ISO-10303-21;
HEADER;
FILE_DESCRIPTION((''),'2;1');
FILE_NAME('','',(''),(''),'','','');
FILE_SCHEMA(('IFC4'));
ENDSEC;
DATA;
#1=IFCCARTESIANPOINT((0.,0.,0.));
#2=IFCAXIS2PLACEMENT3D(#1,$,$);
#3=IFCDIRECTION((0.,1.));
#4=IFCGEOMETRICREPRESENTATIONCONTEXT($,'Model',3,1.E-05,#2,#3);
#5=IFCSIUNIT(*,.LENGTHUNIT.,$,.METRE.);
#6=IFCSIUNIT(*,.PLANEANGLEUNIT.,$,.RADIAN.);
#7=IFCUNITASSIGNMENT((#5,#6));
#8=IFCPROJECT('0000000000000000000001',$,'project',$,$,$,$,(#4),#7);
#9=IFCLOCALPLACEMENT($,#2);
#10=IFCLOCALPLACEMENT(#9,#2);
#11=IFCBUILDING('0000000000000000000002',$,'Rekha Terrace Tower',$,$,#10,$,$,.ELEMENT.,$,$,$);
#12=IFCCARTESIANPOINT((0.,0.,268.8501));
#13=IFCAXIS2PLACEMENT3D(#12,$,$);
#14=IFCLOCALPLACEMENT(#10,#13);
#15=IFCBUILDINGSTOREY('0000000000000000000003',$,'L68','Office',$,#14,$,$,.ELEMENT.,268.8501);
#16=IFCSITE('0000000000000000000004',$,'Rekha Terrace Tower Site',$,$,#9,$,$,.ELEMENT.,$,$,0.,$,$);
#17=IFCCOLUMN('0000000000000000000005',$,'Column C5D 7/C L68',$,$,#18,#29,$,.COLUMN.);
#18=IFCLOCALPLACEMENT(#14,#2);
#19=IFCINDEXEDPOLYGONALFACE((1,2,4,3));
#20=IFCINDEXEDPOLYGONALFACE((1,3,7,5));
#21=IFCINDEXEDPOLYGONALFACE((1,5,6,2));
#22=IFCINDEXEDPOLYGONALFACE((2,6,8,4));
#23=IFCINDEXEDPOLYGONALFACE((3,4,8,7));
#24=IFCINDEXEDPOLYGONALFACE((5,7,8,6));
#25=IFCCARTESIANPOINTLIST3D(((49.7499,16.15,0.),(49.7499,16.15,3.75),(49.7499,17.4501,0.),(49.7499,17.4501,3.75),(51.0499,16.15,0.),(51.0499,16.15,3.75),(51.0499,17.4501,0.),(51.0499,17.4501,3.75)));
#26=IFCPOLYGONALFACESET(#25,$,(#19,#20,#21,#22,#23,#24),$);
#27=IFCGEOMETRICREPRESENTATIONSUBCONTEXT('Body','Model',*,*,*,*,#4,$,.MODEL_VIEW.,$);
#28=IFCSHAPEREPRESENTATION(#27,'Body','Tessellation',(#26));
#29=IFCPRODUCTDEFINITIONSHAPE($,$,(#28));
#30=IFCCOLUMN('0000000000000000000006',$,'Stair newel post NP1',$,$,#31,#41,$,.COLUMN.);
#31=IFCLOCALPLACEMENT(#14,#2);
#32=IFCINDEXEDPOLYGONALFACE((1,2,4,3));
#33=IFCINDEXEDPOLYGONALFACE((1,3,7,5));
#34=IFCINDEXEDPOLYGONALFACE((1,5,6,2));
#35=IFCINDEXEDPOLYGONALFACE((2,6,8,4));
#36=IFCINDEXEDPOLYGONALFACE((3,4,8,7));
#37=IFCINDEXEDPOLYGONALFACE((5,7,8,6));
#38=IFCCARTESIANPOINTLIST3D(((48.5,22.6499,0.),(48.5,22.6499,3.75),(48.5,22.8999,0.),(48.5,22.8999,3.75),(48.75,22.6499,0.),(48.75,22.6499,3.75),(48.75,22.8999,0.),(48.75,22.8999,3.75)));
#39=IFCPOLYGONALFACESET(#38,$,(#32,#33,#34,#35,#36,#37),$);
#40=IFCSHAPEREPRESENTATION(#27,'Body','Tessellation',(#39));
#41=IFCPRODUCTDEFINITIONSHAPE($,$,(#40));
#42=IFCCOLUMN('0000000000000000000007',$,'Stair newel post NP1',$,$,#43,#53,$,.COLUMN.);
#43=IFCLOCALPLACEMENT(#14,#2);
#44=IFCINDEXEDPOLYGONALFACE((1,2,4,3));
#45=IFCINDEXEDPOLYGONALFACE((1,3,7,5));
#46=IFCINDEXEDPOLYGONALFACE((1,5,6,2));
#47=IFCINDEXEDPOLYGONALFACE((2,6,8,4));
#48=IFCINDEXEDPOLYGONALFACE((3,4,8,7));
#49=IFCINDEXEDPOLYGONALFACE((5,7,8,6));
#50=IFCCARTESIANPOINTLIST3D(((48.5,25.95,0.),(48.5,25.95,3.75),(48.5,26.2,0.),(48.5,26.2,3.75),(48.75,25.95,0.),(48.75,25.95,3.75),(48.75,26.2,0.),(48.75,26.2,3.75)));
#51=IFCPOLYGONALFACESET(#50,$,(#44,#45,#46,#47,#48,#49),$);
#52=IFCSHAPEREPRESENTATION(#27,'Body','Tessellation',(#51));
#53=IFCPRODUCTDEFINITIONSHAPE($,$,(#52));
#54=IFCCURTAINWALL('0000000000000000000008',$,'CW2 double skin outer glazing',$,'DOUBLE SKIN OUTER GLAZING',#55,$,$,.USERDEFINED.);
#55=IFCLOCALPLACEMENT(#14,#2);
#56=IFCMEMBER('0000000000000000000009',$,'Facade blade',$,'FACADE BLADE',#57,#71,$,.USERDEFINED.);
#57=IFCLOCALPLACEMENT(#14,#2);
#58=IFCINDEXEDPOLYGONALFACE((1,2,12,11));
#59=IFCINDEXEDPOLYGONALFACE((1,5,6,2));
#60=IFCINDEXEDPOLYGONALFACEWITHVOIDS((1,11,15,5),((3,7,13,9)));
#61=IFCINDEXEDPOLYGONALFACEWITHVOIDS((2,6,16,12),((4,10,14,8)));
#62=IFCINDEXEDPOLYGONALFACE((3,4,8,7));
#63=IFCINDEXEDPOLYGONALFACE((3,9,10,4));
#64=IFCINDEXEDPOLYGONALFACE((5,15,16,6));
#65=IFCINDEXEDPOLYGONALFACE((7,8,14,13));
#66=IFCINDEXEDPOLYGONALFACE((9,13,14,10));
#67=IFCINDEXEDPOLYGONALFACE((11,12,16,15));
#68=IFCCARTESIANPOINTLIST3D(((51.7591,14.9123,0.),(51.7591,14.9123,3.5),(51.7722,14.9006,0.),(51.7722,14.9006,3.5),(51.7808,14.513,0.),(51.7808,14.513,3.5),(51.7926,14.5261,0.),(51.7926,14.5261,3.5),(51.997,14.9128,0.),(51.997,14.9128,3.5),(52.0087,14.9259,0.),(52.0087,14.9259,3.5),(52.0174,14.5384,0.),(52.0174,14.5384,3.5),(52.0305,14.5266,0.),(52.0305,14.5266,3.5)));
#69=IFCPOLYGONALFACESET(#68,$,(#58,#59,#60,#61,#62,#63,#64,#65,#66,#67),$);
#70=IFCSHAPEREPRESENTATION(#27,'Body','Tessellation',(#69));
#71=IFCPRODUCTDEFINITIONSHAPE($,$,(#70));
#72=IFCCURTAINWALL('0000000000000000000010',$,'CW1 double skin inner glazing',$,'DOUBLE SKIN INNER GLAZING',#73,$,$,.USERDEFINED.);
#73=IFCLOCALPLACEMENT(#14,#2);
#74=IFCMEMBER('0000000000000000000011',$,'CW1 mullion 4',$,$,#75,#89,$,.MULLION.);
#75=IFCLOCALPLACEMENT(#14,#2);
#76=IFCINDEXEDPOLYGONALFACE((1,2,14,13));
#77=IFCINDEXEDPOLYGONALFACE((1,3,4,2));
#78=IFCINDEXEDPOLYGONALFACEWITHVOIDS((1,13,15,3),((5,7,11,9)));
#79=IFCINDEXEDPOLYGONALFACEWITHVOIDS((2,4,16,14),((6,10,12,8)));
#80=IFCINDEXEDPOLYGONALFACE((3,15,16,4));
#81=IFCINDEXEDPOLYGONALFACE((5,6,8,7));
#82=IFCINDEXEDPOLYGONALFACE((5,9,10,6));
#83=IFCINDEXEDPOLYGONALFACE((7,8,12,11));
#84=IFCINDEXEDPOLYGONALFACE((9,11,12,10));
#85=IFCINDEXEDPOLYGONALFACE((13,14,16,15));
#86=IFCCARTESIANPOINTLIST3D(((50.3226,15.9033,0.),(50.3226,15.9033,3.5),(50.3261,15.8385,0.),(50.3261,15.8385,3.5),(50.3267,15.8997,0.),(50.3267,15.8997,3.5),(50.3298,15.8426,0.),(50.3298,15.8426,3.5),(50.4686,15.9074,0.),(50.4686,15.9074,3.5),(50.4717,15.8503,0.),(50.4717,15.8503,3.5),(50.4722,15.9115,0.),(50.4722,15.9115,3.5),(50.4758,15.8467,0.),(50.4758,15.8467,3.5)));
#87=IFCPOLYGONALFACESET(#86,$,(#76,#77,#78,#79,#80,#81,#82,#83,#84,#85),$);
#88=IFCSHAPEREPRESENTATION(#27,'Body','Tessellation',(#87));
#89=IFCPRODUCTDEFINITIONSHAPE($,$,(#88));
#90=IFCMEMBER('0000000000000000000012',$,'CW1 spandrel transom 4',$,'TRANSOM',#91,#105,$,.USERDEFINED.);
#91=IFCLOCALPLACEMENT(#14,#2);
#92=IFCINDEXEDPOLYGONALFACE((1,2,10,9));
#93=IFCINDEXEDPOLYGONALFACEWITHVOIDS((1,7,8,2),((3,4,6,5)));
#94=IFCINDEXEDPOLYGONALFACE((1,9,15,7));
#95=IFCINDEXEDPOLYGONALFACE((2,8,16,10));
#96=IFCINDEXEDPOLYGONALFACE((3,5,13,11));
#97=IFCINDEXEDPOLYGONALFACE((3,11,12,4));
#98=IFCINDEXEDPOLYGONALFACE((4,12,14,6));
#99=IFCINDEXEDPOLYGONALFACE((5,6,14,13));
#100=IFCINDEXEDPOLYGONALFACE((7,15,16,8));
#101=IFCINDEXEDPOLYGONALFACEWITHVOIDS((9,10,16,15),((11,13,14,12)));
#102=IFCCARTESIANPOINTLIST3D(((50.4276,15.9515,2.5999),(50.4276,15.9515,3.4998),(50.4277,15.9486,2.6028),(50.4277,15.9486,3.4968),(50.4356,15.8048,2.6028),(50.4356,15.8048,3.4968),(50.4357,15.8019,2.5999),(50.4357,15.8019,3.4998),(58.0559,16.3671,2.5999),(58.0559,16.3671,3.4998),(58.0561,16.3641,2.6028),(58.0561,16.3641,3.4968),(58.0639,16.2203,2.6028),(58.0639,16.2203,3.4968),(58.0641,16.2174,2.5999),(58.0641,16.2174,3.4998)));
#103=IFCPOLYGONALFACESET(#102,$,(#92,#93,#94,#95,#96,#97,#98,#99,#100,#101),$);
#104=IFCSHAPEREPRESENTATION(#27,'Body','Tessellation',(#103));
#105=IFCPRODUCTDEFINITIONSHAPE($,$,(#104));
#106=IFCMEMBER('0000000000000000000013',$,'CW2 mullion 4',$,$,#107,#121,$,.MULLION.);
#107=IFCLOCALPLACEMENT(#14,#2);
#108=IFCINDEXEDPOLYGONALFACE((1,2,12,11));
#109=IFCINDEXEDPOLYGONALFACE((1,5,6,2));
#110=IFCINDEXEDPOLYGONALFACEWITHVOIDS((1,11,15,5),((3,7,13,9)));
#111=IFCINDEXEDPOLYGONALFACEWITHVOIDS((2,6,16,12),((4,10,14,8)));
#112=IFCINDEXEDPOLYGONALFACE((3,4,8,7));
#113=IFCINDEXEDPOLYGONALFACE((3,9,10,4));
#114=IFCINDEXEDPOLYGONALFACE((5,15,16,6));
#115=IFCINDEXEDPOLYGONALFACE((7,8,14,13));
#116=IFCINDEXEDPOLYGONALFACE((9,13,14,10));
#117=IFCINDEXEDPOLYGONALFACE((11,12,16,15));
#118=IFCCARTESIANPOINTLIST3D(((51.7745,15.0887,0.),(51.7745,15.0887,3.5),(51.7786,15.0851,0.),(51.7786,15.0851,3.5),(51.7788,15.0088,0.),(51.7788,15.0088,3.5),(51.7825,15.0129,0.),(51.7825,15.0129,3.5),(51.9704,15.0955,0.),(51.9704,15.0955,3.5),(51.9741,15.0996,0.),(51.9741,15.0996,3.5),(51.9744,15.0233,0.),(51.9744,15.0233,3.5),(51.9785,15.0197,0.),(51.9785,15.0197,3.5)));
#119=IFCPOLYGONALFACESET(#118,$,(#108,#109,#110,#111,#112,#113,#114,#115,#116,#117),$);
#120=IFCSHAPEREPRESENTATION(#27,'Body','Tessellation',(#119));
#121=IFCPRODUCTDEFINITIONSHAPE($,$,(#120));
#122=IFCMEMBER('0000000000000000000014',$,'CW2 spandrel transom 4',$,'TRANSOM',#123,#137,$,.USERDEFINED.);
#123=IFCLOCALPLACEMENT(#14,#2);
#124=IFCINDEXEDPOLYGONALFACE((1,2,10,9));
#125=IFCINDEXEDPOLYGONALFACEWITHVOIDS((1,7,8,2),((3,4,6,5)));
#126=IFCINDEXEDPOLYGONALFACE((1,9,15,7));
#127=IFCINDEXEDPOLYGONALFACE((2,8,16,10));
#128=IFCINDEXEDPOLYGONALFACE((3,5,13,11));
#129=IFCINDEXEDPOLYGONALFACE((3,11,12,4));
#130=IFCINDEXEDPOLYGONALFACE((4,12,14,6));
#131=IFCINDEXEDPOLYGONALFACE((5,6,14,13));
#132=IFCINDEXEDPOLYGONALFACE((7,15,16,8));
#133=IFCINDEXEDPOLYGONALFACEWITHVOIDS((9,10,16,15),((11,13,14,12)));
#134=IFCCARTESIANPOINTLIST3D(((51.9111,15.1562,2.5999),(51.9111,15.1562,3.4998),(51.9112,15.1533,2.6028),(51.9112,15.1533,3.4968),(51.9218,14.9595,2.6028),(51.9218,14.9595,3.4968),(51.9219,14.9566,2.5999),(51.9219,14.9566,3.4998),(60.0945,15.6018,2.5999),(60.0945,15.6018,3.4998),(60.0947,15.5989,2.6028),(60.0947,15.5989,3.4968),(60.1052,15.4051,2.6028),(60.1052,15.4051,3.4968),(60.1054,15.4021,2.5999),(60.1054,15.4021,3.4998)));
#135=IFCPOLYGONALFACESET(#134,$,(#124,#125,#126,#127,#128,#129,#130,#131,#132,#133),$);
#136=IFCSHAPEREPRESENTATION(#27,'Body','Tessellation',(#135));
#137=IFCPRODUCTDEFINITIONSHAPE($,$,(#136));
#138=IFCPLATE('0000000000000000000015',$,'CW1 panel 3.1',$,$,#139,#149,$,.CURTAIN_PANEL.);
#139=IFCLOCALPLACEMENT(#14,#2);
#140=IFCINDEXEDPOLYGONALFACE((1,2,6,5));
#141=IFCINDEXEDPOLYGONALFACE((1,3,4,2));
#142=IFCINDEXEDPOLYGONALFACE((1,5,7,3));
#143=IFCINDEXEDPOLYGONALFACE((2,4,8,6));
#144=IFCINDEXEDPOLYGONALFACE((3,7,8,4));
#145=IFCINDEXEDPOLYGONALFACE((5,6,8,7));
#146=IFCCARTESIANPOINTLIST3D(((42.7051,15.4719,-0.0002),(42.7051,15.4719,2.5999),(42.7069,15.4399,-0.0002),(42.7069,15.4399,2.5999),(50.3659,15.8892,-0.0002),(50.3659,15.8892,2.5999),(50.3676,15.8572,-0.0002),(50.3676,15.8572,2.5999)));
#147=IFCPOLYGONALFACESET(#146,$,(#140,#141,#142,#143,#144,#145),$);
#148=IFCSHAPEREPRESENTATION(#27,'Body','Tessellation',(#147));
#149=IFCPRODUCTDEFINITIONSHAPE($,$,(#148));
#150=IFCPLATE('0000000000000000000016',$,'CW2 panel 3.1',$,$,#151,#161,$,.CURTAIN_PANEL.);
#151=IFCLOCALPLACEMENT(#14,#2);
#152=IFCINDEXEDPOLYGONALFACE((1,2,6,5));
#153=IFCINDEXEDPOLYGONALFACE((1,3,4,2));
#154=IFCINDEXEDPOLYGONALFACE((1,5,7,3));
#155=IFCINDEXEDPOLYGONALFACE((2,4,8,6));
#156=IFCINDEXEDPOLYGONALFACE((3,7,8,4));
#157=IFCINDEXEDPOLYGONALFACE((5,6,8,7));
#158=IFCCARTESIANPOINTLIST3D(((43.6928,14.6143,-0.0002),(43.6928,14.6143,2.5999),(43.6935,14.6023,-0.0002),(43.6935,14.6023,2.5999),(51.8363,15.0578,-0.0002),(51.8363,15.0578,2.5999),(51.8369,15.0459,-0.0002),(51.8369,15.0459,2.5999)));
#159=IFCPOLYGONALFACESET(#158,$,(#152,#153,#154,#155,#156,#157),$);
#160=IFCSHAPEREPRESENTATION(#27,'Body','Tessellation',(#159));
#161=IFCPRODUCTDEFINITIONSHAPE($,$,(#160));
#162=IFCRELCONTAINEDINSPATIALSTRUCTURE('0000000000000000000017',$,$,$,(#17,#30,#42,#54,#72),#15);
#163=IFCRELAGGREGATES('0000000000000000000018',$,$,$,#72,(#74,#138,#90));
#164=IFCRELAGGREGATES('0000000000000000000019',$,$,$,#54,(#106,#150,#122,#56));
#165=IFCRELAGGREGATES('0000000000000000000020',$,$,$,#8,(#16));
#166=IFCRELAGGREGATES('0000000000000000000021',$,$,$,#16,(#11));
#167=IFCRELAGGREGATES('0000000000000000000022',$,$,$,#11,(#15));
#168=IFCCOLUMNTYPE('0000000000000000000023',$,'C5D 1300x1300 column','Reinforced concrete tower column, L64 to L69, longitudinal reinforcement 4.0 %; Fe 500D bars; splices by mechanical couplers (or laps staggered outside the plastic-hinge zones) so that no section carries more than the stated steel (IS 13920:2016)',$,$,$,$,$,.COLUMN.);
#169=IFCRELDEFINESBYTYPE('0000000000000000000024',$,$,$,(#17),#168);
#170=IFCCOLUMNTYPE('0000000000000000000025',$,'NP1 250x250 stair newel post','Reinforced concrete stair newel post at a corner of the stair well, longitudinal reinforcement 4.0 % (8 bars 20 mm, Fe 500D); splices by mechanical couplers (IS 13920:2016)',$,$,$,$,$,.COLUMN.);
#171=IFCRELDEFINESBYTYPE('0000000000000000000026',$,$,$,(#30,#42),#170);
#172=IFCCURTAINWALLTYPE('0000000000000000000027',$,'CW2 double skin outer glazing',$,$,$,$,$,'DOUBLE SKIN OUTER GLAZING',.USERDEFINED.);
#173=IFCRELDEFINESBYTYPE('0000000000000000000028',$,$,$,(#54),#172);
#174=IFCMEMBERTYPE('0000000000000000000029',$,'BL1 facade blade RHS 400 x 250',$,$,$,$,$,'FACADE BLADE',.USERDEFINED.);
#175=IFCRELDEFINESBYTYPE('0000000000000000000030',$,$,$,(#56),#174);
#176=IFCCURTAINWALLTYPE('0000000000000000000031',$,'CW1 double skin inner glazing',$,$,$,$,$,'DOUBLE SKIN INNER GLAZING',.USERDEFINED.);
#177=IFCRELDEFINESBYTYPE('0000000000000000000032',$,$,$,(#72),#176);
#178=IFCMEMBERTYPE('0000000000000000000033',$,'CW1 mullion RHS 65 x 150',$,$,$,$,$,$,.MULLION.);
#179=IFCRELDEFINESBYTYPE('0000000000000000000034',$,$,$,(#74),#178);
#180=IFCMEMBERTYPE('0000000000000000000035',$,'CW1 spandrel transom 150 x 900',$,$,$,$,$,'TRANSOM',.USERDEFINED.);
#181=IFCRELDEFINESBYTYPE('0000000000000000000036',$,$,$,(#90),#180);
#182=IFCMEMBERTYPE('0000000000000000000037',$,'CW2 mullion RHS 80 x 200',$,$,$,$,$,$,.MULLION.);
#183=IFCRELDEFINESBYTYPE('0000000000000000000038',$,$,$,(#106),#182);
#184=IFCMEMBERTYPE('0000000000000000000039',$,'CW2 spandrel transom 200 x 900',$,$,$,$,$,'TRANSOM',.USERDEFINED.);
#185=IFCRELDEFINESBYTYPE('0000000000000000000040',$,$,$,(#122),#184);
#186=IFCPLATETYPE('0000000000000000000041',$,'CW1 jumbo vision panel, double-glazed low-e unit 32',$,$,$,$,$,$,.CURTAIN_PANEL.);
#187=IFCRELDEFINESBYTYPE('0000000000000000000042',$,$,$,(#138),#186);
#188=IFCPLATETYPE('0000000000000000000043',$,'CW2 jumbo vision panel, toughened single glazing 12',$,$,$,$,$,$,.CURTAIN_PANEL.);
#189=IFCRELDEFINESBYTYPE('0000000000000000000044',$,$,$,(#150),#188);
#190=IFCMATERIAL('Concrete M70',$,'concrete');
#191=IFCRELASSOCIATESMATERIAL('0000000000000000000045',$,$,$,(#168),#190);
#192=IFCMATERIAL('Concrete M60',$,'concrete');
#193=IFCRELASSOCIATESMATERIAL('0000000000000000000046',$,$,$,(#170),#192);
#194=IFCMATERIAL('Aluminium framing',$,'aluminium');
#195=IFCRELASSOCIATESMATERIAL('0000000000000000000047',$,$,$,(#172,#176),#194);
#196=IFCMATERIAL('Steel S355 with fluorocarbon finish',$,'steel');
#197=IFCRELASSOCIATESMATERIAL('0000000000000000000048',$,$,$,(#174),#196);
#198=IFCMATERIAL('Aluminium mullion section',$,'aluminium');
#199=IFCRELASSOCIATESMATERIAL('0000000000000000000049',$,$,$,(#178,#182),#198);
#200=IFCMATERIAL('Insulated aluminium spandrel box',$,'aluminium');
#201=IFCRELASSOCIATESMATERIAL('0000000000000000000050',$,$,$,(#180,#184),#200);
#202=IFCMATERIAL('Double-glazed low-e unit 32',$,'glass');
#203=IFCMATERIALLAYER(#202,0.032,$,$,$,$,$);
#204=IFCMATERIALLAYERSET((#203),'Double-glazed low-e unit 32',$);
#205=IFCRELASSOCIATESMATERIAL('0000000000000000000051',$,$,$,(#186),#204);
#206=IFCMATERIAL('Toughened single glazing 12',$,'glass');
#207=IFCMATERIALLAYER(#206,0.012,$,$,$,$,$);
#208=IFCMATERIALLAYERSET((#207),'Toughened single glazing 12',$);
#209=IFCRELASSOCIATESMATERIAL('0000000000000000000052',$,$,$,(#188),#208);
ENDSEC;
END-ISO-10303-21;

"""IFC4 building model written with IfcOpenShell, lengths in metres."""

from ifc_helpers import new_model, si_unit, direction, frame, origin, origin_2d, place, context, subcontext, project, spatial, rectangle, hollow_rectangle, extrude, material, layer, layer_set, material_profile, profile_set, type_object, element, aggregate, save


model = new_model("IFC4")

# Units and contexts
model_context = context("Model", 3, precision=1e-05, world=origin(), true_north=direction((0.0, 1.0)))
body_context = subcontext(model_context, "Body", "Model", "MODEL_VIEW")
ifc_project = project(units=[si_unit("LENGTHUNIT", "METRE"), si_unit("PLANEANGLEUNIT", "RADIAN")], contexts=[model_context])

# Site, building, storey
site_placement = place(None, origin())
site = spatial("IfcSite", under=ifc_project, at=site_placement, Name="Rekha Terrace Tower Site", CompositionType="ELEMENT", RefElevation=0.0)
building_placement = place(site_placement, origin())
building = spatial("IfcBuilding", under=site, at=building_placement, Name="Rekha Terrace Tower", CompositionType="ELEMENT")
storey_placement = place(building_placement, frame((0.0, 0.0, 268.8501)))
storey = spatial("IfcBuildingStorey", under=building, at=storey_placement, Name="L68", Description="Office", CompositionType="ELEMENT", Elevation=268.8501)

# Columns
ifc_material_1 = material(Name="Concrete M70", Category="concrete")
ifc_material_profile_1 = material_profile(ifc_material_1, rectangle(XDim=1.3, YDim=1.3, at=origin_2d()), Name="RC 1300x1300")
ifc_profile_set_1 = profile_set([ifc_material_profile_1], Name="Concrete M70")
column_type_1 = type_object("IfcColumnType", Name="C5D 1300x1300 column", Description="Reinforced concrete tower column, L64 to L69, longitudinal reinforcement 4.0 %; Fe 500D bars; splices by mechanical couplers (or laps staggered outside the plastic-hinge zones) so that no section carries more than the stated steel (IS 13920:2016)", PredefinedType="COLUMN", material=ifc_profile_set_1)
column_placement = place(storey_placement, frame((50.3999, 16.8, 0.0), z_axis=(0.0, 0.0, 1.0), x_axis=(1.0, 0.0, 0.0)))
element("IfcColumn", 1, at=column_placement, inside=storey, type_object=column_type_1, Name="Column C5D 7/C L68", PredefinedType="COLUMN", context=body_context, shape_type="SweptSolid", body=[
    extrude(rectangle(XDim=1.3, YDim=1.3, at=origin_2d()), origin(), (0.0, 0.0, 1.0), 3.75),
])
ifc_material_2 = material(Name="Concrete M60", Category="concrete")
ifc_material_profile_2 = material_profile(ifc_material_2, rectangle(XDim=0.25, YDim=0.25, at=origin_2d()), Name="RC 250x250")
ifc_profile_set_2 = profile_set([ifc_material_profile_2], Name="Concrete M60")
column_type_2 = type_object("IfcColumnType", Name="NP1 250x250 stair newel post", Description="Reinforced concrete stair newel post at a corner of the stair well, longitudinal reinforcement 4.0 % (8 bars 20 mm, Fe 500D); splices by mechanical couplers (IS 13920:2016)", PredefinedType="COLUMN", material=ifc_profile_set_2)
for number, where, z_axis, x_axis, name in (
    (2, (48.625, 22.7749, 0.0), (0.0, 0.0, 1.0), (1.0, 0.0, 0.0), "Stair newel post NP1"),
    (3, (48.625, 26.075, 0.0), (0.0, 0.0, 1.0), (1.0, 0.0, 0.0), "Stair newel post NP1"),
):
    element("IfcColumn", number, at=place(storey_placement, frame(where, z_axis=z_axis, x_axis=x_axis)), inside=storey, type_object=column_type_2, Name=name, PredefinedType="COLUMN", context=body_context, shape_type="SweptSolid", body=[
        extrude(rectangle(XDim=0.25, YDim=0.25, at=origin_2d()), origin(), (0.0, 0.0, 1.0), 3.75),
    ])

# Curtain wall, member
ifc_material_3 = material(Name="Aluminium framing", Category="aluminium")
curtain_wall_type_1 = type_object("IfcCurtainWallType", Name="CW2 double skin outer glazing", ElementType="DOUBLE SKIN OUTER GLAZING", PredefinedType="USERDEFINED", material=ifc_material_3)
curtain_wall_1_placement = place(storey_placement, origin())
curtain_wall_1 = element("IfcCurtainWall", 4, at=curtain_wall_1_placement, inside=storey, type_object=curtain_wall_type_1, Name="CW2 double skin outer glazing", ObjectType="DOUBLE SKIN OUTER GLAZING", PredefinedType="USERDEFINED")
ifc_material_4 = material(Name="Steel S355 with fluorocarbon finish", Category="steel")
ifc_material_profile_3 = material_profile(ifc_material_4, hollow_rectangle(XDim=0.25, YDim=0.3999, WallThickness=0.0125, at=origin_2d()), Name="RHS400x250x12.5")
ifc_profile_set_3 = profile_set([ifc_material_profile_3], Name="Steel S355 with fluorocarbon finish")
member_type_1 = type_object("IfcMemberType", Name="BL1 facade blade RHS 400 x 250", ElementType="FACADE BLADE", PredefinedType="USERDEFINED", material=ifc_profile_set_3)
member_1_placement = place(storey_placement, frame((51.8948, 14.7195, 0.0), z_axis=(0.0, 0.0, 1.0), x_axis=(0.99852, 0.054389, 0.0)))
member_1 = element("IfcMember", 5, at=member_1_placement, type_object=member_type_1, Name="Facade blade", ObjectType="FACADE BLADE", PredefinedType="USERDEFINED", context=body_context, shape_type="SweptSolid", body=[
    extrude(hollow_rectangle(XDim=0.25, YDim=0.3999, WallThickness=0.0125, at=origin_2d()), origin(), (0.0, 0.0, 1.0), 3.5),
])

# Curtain wall, members
curtain_wall_type_2 = type_object("IfcCurtainWallType", Name="CW1 double skin inner glazing", ElementType="DOUBLE SKIN INNER GLAZING", PredefinedType="USERDEFINED", material=ifc_material_3)
curtain_wall_2_placement = place(storey_placement, origin())
curtain_wall_2 = element("IfcCurtainWall", 6, at=curtain_wall_2_placement, inside=storey, type_object=curtain_wall_type_2, Name="CW1 double skin inner glazing", ObjectType="DOUBLE SKIN INNER GLAZING", PredefinedType="USERDEFINED")
ifc_material_5 = material(Name="Aluminium mullion section", Category="aluminium")
ifc_material_profile_4 = material_profile(ifc_material_5, hollow_rectangle(XDim=0.0649, YDim=0.1499, WallThickness=0.0039, at=origin_2d()), Name="AL RHS 65x150")
ifc_profile_set_4 = profile_set([ifc_material_profile_4], Name="Aluminium mullion section")
member_type_2 = type_object("IfcMemberType", Name="CW1 mullion RHS 65 x 150", PredefinedType="MULLION", material=ifc_profile_set_4)
member_2_placement = place(storey_placement, frame((50.3992, 15.875, 0.0), z_axis=(0.0, 0.0, 1.0), x_axis=(-0.054389, 0.99852, 0.0)))
member_2 = element("IfcMember", 7, at=member_2_placement, type_object=member_type_2, Name="CW1 mullion 4", PredefinedType="MULLION", context=body_context, shape_type="SweptSolid", body=[
    extrude(hollow_rectangle(XDim=0.0649, YDim=0.1499, WallThickness=0.0039, at=origin_2d()), origin(), (0.0, 0.0, 1.0), 3.5),
])
ifc_material_6 = material(Name="Insulated aluminium spandrel box", Category="aluminium")
ifc_material_profile_5 = material_profile(ifc_material_6, hollow_rectangle(XDim=0.1499, YDim=0.8999, WallThickness=0.0029, at=origin_2d()), Name="AL SPANDREL BOX 150x900")
ifc_profile_set_5 = profile_set([ifc_material_profile_5], Name="Insulated aluminium spandrel box")
member_type_3 = type_object("IfcMemberType", Name="CW1 spandrel transom 150 x 900", ElementType="TRANSOM", PredefinedType="USERDEFINED", material=ifc_profile_set_5)
member_3_placement = place(storey_placement, frame((50.4316, 15.8767, 3.0498), z_axis=(0.99852, 0.05439, 0.0), x_axis=(-0.05439, 0.99852, 0.0)))
member_3 = element("IfcMember", 8, at=member_3_placement, type_object=member_type_3, Name="CW1 spandrel transom 4", ObjectType="TRANSOM", PredefinedType="USERDEFINED", context=body_context, shape_type="SweptSolid", body=[
    extrude(hollow_rectangle(XDim=0.1499, YDim=0.8999, WallThickness=0.0029, at=origin_2d()), origin(), (0.0, 0.0, 1.0), 7.6396),
])

# Members
ifc_material_profile_6 = material_profile(ifc_material_5, hollow_rectangle(XDim=0.0801, YDim=0.2, WallThickness=0.0039, at=origin_2d()), Name="AL RHS 80x200")
ifc_profile_set_6 = profile_set([ifc_material_profile_6], Name="Aluminium mullion section")
member_type_4 = type_object("IfcMemberType", Name="CW2 mullion RHS 80 x 200", PredefinedType="MULLION", material=ifc_profile_set_6)
member_4_placement = place(storey_placement, frame((51.8765, 15.0542, 0.0), z_axis=(0.0, 0.0, 1.0), x_axis=(-0.054389, 0.99852, 0.0)))
member_4 = element("IfcMember", 9, at=member_4_placement, type_object=member_type_4, Name="CW2 mullion 4", PredefinedType="MULLION", context=body_context, shape_type="SweptSolid", body=[
    extrude(hollow_rectangle(XDim=0.0801, YDim=0.2, WallThickness=0.0039, at=origin_2d()), origin(), (0.0, 0.0, 1.0), 3.5),
])
ifc_material_profile_7 = material_profile(ifc_material_6, hollow_rectangle(XDim=0.2, YDim=0.8999, WallThickness=0.0029, at=origin_2d()), Name="AL SPANDREL BOX 200x900")
ifc_profile_set_7 = profile_set([ifc_material_profile_7], Name="Insulated aluminium spandrel box")
member_type_5 = type_object("IfcMemberType", Name="CW2 spandrel transom 200 x 900", ElementType="TRANSOM", PredefinedType="USERDEFINED", material=ifc_profile_set_7)
member_5_placement = place(storey_placement, frame((51.9165, 15.0564, 3.0498), z_axis=(0.998521, 0.054366, 0.0), x_axis=(-0.054366, 0.998521, 0.0)))
member_5 = element("IfcMember", 10, at=member_5_placement, type_object=member_type_5, Name="CW2 spandrel transom 4", ObjectType="TRANSOM", PredefinedType="USERDEFINED", context=body_context, shape_type="SweptSolid", body=[
    extrude(hollow_rectangle(XDim=0.2, YDim=0.8999, WallThickness=0.0029, at=origin_2d()), origin(), (0.0, 0.0, 1.0), 8.1956),
])

# Plates
ifc_material_7 = material(Name="Double-glazed low-e unit 32", Category="glass")
ifc_layer_1 = layer(ifc_material_7, 0.032)
ifc_layer_set_1 = layer_set([ifc_layer_1], Name="Double-glazed low-e unit 32")
plate_type_1 = type_object("IfcPlateType", Name="CW1 jumbo vision panel, double-glazed low-e unit 32", PredefinedType="CURTAIN_PANEL", material=ifc_layer_set_1)
plate_1_placement = place(storey_placement, frame((46.5364, 15.6646, -0.0002), z_axis=(0.0, 0.0, 1.0), x_axis=(0.99852, 0.054389, 0.0)))
plate_1 = element("IfcPlate", 11, at=plate_1_placement, type_object=plate_type_1, Name="CW1 panel 3.1", PredefinedType="CURTAIN_PANEL", context=body_context, shape_type="SweptSolid", body=[
    extrude(rectangle(XDim=7.6721, YDim=0.032, at=origin_2d()), origin(), (0.0, 0.0, 1.0), 2.6001),
])
aggregate(curtain_wall_2, [member_2, plate_1, member_3])
ifc_material_8 = material(Name="Toughened single glazing 12", Category="glass")
ifc_layer_2 = layer(ifc_material_8, 0.012)
ifc_layer_set_2 = layer_set([ifc_layer_2], Name="Toughened single glazing 12")
plate_type_2 = type_object("IfcPlateType", Name="CW2 jumbo vision panel, toughened single glazing 12", PredefinedType="CURTAIN_PANEL", material=ifc_layer_set_2)
plate_2_placement = place(storey_placement, frame((47.7649, 14.8301, -0.0002), z_axis=(0.0, 0.0, 1.0), x_axis=(0.99852, 0.054389, 0.0)))
plate_2 = element("IfcPlate", 12, at=plate_2_placement, type_object=plate_type_2, Name="CW2 panel 3.1", PredefinedType="CURTAIN_PANEL", context=body_context, shape_type="SweptSolid", body=[
    extrude(rectangle(XDim=8.1555, YDim=0.012, at=origin_2d()), origin(), (0.0, 0.0, 1.0), 2.6001),
])
aggregate(curtain_wall_1, [member_4, plate_2, member_5, member_1])

save(model, "model.ifc")
